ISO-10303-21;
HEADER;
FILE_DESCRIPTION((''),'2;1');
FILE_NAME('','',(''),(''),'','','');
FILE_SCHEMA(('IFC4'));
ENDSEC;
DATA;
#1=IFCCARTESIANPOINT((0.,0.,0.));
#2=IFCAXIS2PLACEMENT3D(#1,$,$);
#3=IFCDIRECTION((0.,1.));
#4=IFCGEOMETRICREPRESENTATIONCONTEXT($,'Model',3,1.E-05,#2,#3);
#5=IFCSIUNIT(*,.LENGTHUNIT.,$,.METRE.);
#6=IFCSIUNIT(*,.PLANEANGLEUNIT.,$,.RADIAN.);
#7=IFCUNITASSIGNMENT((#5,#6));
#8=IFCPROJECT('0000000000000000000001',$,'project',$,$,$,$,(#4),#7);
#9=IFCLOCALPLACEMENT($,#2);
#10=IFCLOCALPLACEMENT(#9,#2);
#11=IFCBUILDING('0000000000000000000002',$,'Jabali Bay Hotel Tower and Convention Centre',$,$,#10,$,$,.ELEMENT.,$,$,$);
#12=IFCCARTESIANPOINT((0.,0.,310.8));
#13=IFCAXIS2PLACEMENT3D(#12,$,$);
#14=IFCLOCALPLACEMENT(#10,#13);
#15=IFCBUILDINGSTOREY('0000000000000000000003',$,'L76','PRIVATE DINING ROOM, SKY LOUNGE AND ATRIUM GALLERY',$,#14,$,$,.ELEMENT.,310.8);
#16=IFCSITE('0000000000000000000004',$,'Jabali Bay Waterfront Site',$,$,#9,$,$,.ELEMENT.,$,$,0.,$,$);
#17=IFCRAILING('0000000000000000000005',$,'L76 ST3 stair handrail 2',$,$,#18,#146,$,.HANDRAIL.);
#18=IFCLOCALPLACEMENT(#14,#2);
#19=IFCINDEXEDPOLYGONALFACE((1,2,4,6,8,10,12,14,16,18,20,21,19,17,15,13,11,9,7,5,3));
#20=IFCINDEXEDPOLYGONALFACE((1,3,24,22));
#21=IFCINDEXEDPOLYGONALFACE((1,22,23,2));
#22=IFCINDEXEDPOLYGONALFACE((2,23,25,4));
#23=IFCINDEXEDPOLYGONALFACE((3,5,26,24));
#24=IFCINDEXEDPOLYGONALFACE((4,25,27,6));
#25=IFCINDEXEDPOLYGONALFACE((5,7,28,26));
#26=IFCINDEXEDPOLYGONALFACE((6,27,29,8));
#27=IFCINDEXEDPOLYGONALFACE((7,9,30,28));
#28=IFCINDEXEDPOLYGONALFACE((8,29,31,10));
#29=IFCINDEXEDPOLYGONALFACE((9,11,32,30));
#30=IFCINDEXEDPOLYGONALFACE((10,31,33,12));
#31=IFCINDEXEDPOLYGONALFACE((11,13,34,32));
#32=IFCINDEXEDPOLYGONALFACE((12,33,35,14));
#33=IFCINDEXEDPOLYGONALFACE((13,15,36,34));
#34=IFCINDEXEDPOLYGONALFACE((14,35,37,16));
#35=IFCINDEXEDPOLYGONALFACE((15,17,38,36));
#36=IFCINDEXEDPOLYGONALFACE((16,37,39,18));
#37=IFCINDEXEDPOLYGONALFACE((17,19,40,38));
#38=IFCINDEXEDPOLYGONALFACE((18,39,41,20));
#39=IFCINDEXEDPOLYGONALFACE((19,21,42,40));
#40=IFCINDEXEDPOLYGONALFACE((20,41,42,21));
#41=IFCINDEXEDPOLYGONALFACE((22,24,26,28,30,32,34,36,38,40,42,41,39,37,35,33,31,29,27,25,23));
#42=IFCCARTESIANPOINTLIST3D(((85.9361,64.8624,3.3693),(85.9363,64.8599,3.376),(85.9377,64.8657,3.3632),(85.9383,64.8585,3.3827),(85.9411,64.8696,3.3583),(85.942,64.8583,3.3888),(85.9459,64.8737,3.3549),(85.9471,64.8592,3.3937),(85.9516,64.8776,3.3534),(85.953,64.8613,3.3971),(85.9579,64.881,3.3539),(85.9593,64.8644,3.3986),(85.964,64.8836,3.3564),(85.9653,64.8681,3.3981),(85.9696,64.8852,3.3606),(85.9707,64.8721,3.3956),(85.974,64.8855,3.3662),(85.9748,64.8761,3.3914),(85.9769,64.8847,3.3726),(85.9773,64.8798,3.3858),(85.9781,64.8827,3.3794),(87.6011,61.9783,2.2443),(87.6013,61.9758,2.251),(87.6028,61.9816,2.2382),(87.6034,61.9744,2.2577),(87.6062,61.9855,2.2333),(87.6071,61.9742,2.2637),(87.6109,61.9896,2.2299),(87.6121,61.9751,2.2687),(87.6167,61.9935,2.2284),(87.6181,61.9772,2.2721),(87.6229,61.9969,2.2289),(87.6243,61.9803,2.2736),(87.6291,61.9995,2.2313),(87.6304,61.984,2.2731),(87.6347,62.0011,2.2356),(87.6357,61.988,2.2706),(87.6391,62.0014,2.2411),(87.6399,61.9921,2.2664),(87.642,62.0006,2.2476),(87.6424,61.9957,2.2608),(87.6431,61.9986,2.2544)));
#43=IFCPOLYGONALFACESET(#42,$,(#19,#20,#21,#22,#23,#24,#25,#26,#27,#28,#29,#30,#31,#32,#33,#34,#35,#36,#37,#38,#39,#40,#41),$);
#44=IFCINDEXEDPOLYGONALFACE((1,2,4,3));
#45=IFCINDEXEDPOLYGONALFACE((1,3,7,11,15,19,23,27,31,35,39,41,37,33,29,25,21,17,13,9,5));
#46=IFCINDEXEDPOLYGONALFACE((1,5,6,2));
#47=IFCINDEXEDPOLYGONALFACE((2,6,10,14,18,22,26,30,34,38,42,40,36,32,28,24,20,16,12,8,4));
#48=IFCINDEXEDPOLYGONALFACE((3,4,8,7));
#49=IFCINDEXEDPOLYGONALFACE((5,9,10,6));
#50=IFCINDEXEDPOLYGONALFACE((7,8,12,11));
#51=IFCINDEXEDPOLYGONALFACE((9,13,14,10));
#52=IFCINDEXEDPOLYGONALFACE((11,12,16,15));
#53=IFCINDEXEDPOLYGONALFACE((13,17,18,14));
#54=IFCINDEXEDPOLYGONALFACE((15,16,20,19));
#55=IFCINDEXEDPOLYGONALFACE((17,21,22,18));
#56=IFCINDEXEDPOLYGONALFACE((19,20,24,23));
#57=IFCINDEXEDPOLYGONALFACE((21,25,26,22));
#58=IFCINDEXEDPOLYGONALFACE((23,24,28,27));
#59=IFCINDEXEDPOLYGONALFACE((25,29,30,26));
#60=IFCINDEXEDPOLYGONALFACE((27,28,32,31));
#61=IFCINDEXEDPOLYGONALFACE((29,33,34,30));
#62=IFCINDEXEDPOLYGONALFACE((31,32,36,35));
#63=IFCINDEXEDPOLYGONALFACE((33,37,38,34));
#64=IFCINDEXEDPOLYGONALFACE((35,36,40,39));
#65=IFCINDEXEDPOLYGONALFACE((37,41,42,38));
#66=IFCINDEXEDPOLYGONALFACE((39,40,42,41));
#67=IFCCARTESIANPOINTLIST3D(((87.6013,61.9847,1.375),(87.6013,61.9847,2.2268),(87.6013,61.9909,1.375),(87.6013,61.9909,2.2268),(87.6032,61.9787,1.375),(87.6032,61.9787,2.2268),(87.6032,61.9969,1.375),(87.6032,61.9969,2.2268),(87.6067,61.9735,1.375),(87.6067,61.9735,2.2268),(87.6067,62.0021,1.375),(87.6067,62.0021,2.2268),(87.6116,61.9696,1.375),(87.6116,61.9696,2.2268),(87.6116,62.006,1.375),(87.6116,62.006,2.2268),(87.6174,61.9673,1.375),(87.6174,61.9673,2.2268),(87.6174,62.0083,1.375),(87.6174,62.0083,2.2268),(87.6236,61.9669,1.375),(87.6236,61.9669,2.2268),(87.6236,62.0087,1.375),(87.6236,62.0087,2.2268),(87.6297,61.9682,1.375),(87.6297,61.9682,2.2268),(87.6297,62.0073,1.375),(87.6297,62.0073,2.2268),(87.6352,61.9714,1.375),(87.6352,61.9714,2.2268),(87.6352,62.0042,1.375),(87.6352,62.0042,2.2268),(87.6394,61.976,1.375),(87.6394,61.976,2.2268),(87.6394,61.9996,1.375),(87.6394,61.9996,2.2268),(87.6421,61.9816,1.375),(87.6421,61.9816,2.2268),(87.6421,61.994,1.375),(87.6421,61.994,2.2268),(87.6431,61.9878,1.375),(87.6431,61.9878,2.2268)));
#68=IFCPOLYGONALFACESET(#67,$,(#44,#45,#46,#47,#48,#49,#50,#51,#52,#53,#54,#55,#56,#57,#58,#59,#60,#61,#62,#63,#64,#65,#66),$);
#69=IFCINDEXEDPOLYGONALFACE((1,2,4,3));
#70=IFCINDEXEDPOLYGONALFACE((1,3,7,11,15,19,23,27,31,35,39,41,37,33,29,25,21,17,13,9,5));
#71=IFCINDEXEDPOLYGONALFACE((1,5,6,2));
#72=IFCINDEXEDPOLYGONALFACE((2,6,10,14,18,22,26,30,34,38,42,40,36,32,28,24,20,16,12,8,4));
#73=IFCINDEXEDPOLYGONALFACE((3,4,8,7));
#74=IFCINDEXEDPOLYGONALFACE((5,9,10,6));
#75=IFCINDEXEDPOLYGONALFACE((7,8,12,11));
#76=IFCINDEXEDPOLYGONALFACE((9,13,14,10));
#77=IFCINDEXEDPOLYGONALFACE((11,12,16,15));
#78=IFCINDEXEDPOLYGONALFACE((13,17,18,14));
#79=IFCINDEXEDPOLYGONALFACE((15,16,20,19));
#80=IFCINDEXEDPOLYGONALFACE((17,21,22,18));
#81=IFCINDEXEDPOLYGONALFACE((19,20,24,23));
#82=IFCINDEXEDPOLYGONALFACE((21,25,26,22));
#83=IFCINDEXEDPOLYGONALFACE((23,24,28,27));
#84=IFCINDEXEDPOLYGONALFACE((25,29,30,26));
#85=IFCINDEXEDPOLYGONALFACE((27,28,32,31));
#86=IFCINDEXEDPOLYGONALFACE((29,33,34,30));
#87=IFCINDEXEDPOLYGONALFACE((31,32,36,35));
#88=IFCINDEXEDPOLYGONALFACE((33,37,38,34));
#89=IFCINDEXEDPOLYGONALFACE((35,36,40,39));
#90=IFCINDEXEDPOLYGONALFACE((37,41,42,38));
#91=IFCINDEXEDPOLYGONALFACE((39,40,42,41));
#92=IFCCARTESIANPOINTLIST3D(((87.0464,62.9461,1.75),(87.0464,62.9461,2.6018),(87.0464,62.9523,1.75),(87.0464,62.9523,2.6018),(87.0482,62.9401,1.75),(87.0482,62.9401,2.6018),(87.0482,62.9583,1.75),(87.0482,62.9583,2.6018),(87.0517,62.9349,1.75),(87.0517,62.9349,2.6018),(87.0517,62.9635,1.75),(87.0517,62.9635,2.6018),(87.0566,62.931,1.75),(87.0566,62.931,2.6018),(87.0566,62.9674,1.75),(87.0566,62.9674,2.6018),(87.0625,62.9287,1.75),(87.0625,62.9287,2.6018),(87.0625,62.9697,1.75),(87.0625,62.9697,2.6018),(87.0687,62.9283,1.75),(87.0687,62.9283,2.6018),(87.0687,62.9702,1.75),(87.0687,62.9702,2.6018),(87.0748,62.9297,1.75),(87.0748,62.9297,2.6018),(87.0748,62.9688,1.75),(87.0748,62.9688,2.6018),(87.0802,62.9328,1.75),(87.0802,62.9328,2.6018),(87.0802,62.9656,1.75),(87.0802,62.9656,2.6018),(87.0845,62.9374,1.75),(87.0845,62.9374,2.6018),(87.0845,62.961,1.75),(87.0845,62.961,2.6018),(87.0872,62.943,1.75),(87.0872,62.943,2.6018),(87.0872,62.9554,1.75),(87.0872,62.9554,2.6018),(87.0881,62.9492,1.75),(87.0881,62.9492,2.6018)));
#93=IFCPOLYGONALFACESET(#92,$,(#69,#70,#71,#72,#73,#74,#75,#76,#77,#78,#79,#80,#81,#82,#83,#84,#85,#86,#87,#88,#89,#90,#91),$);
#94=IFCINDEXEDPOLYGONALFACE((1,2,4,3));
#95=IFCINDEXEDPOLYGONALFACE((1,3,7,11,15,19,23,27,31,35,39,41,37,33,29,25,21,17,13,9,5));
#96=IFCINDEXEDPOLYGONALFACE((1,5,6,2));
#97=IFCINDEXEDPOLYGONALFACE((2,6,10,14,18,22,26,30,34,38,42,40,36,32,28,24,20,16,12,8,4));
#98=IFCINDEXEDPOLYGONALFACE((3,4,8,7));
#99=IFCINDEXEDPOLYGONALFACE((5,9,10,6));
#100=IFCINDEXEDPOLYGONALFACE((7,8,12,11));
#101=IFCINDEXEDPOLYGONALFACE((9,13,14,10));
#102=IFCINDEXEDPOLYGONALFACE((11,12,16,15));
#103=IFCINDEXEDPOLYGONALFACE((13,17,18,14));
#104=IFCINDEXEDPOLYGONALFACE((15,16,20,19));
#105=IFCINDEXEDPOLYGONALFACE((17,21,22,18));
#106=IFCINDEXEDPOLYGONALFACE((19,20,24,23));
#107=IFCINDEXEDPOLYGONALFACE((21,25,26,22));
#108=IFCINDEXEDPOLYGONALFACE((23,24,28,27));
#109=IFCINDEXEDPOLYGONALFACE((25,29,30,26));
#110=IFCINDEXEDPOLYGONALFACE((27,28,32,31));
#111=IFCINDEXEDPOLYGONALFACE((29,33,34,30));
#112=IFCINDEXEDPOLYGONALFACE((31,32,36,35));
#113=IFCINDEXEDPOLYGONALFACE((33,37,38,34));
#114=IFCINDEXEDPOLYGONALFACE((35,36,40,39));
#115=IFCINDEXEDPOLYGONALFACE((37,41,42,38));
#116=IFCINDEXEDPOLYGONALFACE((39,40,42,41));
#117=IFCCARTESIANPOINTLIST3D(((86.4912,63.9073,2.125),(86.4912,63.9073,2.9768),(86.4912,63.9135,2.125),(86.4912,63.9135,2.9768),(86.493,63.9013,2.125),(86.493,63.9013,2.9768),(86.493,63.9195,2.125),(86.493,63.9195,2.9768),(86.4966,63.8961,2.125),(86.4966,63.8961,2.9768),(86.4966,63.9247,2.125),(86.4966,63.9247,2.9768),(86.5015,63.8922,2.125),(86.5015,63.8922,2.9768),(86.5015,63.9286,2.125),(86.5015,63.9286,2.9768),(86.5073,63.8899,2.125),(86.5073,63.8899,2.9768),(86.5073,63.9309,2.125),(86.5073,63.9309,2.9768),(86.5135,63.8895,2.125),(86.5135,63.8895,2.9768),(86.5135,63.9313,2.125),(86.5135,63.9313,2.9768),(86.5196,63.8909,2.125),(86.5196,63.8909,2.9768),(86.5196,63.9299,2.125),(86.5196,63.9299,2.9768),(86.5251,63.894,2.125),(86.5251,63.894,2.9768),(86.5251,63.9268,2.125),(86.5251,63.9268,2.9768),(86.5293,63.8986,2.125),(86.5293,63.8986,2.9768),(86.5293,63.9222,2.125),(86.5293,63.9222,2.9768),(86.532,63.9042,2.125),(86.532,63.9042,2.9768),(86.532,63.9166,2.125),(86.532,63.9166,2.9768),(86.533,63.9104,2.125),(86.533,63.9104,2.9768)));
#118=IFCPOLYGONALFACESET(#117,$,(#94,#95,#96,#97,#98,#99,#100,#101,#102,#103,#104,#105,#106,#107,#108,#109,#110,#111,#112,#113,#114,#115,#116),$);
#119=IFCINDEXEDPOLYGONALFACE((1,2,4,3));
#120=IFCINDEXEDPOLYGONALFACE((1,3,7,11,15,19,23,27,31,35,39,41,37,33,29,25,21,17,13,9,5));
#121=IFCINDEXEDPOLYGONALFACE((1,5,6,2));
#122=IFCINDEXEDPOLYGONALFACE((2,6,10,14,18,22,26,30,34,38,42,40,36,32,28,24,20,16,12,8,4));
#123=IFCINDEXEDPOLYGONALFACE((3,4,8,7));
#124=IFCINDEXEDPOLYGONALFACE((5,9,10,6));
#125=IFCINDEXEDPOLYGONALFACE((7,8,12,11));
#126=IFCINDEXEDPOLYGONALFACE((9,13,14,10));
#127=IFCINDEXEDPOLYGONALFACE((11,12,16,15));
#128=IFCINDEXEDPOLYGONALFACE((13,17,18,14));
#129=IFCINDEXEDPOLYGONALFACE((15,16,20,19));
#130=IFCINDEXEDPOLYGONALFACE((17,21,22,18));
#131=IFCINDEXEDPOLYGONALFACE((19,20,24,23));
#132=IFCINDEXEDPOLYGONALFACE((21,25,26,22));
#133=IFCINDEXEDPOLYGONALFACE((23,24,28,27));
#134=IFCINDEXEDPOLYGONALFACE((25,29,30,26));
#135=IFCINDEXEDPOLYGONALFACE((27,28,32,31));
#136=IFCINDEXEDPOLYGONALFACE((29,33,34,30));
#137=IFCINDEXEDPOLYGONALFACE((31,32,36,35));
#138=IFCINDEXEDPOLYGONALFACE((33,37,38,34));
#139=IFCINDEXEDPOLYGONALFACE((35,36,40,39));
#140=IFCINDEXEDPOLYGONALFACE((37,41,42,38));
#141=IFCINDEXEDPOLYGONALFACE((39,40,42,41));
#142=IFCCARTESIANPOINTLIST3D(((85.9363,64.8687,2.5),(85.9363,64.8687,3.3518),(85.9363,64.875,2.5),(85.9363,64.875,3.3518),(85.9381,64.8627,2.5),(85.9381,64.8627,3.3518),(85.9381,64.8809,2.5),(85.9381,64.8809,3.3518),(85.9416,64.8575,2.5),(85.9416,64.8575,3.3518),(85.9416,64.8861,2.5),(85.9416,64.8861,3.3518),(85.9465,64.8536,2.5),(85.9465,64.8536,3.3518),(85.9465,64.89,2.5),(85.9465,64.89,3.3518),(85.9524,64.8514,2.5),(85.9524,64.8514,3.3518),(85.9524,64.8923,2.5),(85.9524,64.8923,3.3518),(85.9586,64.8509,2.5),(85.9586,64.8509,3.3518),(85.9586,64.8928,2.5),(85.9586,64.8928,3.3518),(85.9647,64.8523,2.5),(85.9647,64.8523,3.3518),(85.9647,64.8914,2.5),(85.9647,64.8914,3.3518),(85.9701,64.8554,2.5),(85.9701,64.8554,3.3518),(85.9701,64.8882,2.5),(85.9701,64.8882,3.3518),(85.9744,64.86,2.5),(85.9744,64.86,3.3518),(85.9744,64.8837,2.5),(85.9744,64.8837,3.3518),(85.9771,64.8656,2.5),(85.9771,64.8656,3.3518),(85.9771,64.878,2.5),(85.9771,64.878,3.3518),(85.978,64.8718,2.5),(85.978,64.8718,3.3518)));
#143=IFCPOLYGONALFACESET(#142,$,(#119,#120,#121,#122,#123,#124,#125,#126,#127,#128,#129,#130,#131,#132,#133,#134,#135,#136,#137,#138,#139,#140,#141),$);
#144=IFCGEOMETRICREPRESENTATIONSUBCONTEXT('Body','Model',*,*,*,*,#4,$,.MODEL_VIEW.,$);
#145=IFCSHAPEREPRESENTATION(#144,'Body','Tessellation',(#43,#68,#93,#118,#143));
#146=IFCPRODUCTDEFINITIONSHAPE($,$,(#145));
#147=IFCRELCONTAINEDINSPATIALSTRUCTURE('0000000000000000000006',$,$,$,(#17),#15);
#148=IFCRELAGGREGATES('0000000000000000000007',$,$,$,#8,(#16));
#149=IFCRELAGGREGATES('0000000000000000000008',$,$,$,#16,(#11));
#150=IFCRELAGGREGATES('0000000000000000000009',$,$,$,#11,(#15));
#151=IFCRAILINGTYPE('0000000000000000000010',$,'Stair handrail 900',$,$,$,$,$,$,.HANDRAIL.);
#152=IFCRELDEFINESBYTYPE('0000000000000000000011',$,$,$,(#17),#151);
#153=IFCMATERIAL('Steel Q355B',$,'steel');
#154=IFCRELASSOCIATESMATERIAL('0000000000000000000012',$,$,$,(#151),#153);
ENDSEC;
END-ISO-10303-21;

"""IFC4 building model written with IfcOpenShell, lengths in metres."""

from ifc_helpers import new_model, si_unit, direction, frame, origin, origin_2d, place, context, subcontext, project, spatial, circle, extrude, material, type_object, element, save


model = new_model("IFC4")

# Units and contexts
model_context = context("Model", 3, precision=1e-05, world=origin(), true_north=direction((0.0, 1.0)))
body_context = subcontext(model_context, "Body", "Model", "MODEL_VIEW")
ifc_project = project(units=[si_unit("LENGTHUNIT", "METRE"), si_unit("PLANEANGLEUNIT", "RADIAN")], contexts=[model_context])

# Site, building, storey
site_placement = place(None, origin())
site = spatial("IfcSite", under=ifc_project, at=site_placement, Name="Jabali Bay Waterfront Site", CompositionType="ELEMENT", RefElevation=0.0)
building_placement = place(site_placement, origin())
building = spatial("IfcBuilding", under=site, at=building_placement, Name="Jabali Bay Hotel Tower and Convention Centre", CompositionType="ELEMENT")
storey_placement = place(building_placement, frame((0.0, 0.0, 310.8)))
storey = spatial("IfcBuildingStorey", under=building, at=storey_placement, Name="L76", Description="PRIVATE DINING ROOM, SKY LOUNGE AND ATRIUM GALLERY", CompositionType="ELEMENT", Elevation=310.8)

# Railing
ifc_material_1 = material(Name="Steel Q355B", Category="steel")
railing_type_1 = type_object("IfcRailingType", Name="Stair handrail 900", PredefinedType="HANDRAIL", material=ifc_material_1)
railing_1_placement = place(storey_placement, frame((87.6221, 61.9878, 1.375)))
element("IfcRailing", 1, at=railing_1_placement, inside=storey, type_object=railing_type_1, Name="L76 ST3 stair handrail 2", PredefinedType="HANDRAIL", context=body_context, shape_type="SweptSolid", body=[
    extrude(circle(Radius=0.0239, at=origin_2d()), frame((0.0, 0.0, 0.876), z_axis=(-0.473688, 0.82048, 0.320052), x_axis=(-0.866033, -0.499987, 0.0)), (0.0, 0.0, 1.0), 3.5151),
    extrude(circle(Radius=0.021, at=origin_2d()), origin(), (0.0, 0.0, 1.0), 0.8518),
    extrude(circle(Radius=0.021, at=origin_2d()), frame((-0.5549, 0.9614, 0.375)), (0.0, 0.0, 1.0), 0.8518),
    extrude(circle(Radius=0.021, at=origin_2d()), frame((-1.1101, 1.9226, 0.75)), (0.0, 0.0, 1.0), 0.8518),
    extrude(circle(Radius=0.021, at=origin_2d()), frame((-1.665, 2.884, 1.125)), (0.0, 0.0, 1.0), 0.8518),
])

save(model, "model.ifc")
